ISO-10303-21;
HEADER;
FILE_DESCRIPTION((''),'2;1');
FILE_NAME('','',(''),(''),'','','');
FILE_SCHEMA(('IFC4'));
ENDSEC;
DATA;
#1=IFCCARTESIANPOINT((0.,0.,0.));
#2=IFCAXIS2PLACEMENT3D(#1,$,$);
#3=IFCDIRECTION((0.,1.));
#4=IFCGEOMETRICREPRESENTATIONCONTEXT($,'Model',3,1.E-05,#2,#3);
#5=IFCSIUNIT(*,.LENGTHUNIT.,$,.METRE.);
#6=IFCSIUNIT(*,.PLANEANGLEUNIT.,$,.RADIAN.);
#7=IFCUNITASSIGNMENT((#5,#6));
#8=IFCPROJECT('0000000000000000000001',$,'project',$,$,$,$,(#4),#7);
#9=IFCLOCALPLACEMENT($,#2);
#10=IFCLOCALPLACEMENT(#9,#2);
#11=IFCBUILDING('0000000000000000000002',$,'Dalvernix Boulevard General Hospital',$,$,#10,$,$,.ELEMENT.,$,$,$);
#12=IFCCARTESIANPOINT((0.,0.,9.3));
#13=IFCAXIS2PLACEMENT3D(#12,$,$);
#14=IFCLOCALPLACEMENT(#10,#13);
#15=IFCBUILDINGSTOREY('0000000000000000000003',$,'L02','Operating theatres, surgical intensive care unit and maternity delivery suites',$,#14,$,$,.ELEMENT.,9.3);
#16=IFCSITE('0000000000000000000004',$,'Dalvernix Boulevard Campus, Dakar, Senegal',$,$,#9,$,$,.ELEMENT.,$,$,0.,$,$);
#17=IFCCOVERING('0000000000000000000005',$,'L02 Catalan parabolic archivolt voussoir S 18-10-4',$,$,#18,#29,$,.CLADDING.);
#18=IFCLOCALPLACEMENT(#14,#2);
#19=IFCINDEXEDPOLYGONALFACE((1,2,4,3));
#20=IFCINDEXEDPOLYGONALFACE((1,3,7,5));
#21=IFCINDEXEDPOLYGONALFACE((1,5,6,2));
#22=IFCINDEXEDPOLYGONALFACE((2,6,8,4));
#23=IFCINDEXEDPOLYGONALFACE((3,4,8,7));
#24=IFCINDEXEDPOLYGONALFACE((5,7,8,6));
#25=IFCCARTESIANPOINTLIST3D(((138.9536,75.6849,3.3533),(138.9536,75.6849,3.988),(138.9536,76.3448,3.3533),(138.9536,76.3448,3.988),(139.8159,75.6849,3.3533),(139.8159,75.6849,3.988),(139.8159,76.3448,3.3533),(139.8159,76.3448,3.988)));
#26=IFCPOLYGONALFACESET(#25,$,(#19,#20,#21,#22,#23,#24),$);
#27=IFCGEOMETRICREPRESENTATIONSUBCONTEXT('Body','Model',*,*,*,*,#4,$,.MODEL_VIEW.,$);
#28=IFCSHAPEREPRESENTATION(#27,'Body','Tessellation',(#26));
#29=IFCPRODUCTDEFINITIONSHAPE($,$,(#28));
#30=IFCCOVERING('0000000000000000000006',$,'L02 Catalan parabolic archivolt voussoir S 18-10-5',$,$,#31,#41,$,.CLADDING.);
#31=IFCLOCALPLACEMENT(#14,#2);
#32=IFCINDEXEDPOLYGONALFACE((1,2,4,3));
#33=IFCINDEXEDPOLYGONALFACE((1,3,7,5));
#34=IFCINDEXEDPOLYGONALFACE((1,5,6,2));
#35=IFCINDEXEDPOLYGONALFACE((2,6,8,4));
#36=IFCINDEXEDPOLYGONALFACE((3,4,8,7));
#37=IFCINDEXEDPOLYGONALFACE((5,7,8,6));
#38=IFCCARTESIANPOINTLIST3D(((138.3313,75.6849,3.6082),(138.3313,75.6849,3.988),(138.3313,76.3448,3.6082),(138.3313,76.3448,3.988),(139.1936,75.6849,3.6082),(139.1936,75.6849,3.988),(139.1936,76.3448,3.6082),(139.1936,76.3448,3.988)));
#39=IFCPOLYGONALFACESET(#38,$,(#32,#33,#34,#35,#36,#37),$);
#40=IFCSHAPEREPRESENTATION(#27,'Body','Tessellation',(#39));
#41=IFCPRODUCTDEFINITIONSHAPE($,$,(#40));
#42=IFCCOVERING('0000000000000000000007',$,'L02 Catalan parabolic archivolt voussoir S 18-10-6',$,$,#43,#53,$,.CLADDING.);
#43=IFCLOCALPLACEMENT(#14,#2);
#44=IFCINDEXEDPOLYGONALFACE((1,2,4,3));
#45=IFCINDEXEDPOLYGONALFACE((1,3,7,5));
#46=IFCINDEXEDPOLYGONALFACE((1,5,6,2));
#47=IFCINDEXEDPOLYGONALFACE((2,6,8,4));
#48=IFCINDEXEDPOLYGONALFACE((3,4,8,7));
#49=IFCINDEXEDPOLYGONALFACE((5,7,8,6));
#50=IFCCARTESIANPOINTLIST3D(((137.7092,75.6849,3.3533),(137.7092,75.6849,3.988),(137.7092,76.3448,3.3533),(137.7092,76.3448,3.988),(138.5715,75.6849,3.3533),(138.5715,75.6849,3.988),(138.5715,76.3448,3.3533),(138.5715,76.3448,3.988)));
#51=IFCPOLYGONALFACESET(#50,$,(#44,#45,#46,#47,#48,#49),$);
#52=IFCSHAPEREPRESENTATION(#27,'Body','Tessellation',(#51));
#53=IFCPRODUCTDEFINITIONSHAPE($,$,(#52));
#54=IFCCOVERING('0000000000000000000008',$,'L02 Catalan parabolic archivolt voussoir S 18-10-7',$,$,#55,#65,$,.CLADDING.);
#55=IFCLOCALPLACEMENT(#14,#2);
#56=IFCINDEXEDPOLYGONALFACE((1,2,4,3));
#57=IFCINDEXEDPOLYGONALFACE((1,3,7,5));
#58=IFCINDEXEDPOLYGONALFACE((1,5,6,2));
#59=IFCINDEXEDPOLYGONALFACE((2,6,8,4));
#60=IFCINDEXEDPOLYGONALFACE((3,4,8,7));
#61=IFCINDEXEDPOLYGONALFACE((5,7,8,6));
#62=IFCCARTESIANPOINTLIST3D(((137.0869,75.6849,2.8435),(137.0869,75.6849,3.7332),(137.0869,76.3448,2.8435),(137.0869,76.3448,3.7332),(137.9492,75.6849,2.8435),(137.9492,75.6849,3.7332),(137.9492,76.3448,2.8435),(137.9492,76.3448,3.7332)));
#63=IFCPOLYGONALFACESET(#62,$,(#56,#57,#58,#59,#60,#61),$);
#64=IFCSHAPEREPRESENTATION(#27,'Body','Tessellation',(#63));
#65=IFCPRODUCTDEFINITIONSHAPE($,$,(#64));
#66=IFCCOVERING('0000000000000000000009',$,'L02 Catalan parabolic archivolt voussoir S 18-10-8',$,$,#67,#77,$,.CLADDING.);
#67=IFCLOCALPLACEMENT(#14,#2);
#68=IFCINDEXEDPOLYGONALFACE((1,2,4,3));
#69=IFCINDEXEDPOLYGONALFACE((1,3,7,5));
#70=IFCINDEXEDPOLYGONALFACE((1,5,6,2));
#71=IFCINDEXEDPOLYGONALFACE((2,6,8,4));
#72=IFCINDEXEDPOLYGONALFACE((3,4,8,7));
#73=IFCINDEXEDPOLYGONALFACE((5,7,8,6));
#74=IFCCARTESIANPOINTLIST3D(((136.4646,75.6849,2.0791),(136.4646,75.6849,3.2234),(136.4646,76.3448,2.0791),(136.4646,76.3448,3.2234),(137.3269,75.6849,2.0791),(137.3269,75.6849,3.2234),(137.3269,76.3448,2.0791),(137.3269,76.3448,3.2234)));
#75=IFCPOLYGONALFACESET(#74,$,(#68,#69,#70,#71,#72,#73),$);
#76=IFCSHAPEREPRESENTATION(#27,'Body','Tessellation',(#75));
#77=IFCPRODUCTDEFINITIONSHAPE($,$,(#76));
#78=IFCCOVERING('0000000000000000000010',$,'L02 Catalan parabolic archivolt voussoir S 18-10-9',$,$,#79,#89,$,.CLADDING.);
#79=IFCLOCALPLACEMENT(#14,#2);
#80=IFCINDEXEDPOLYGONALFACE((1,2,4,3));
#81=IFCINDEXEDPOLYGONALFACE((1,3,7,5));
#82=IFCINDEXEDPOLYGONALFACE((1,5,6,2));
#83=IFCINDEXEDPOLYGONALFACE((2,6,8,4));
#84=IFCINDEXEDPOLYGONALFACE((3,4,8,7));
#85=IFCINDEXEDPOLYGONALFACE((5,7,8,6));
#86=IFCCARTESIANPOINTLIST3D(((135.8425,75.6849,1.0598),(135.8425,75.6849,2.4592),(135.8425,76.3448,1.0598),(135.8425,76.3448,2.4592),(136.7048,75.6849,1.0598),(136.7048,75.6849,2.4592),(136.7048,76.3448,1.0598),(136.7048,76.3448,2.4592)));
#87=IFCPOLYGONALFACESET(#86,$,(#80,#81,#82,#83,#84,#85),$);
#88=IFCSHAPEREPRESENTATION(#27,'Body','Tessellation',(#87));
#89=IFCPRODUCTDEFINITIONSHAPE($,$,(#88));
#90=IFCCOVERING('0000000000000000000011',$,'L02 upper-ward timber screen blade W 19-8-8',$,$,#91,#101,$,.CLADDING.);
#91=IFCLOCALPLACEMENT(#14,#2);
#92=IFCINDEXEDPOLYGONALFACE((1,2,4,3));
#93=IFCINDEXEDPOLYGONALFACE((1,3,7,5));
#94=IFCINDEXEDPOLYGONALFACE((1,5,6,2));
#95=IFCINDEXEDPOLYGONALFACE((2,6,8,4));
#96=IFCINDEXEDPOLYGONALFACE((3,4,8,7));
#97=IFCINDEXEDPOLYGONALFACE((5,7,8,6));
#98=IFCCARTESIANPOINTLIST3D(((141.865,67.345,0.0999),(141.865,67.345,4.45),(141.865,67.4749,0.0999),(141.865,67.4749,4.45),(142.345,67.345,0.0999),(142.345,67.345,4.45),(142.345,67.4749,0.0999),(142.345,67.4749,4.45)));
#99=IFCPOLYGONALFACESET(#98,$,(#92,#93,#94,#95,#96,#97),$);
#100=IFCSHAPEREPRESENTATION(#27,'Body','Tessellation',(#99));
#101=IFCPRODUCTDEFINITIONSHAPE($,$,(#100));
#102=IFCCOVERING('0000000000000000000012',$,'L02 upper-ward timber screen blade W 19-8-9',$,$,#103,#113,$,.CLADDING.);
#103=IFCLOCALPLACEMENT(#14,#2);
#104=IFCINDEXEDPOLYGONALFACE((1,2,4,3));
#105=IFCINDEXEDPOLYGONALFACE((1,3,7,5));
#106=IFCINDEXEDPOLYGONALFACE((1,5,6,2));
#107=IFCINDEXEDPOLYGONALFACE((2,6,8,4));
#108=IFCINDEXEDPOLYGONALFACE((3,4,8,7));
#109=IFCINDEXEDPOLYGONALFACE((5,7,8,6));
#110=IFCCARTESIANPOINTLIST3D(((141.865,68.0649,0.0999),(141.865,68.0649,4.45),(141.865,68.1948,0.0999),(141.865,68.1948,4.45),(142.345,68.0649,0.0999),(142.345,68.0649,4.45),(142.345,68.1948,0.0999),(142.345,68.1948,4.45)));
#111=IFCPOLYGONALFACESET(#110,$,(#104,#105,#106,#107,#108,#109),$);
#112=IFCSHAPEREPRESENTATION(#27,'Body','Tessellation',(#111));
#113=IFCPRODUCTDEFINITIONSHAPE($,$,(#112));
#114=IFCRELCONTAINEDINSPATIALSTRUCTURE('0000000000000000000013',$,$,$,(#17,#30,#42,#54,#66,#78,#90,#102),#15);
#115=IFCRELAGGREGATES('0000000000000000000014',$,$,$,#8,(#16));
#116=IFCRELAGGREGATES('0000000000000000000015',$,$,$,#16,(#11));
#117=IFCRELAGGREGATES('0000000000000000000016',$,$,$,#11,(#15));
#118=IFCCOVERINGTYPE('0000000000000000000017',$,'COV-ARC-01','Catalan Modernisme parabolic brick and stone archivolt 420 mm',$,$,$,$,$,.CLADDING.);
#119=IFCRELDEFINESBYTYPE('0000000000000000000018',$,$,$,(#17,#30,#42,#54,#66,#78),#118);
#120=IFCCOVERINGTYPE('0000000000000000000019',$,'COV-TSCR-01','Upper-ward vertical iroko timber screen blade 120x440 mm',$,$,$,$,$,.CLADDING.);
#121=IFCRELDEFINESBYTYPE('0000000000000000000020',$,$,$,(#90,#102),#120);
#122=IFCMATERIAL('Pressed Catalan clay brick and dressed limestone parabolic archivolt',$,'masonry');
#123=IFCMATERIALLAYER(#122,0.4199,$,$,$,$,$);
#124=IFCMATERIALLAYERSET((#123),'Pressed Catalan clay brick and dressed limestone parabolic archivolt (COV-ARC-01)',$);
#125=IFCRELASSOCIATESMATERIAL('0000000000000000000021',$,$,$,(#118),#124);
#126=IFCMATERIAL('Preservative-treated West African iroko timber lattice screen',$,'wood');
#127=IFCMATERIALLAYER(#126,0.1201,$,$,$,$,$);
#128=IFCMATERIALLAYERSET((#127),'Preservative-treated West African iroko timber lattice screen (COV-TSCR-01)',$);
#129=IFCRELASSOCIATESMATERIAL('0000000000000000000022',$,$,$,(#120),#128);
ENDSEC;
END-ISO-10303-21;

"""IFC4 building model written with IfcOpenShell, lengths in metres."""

from ifc_helpers import new_model, si_unit, direction, frame, origin, origin_2d, place, context, subcontext, project, spatial, rectangle, extrude, material, layer, layer_set, type_object, element, save


model = new_model("IFC4")

# Units and contexts
model_context = context("Model", 3, precision=1e-05, world=origin(), true_north=direction((0.0, 1.0)))
body_context = subcontext(model_context, "Body", "Model", "MODEL_VIEW")
ifc_project = project(units=[si_unit("LENGTHUNIT", "METRE"), si_unit("PLANEANGLEUNIT", "RADIAN")], contexts=[model_context])

# Site, building, storey
site_placement = place(None, origin())
site = spatial("IfcSite", under=ifc_project, at=site_placement, Name="Dalvernix Boulevard Campus, Dakar, Senegal", CompositionType="ELEMENT", RefElevation=0.0)
building_placement = place(site_placement, origin())
building = spatial("IfcBuilding", under=site, at=building_placement, Name="Dalvernix Boulevard General Hospital", CompositionType="ELEMENT")
storey_placement = place(building_placement, frame((0.0, 0.0, 9.3)))
storey = spatial("IfcBuildingStorey", under=building, at=storey_placement, Name="L02", Description="Operating theatres, surgical intensive care unit and maternity delivery suites", CompositionType="ELEMENT", Elevation=9.3)

# Coverings
ifc_material_1 = material(Name="Pressed Catalan clay brick and dressed limestone parabolic archivolt", Category="masonry")
ifc_layer_1 = layer(ifc_material_1, 0.4199)
ifc_layer_set_1 = layer_set([ifc_layer_1], Name="Pressed Catalan clay brick and dressed limestone parabolic archivolt (COV-ARC-01)")
covering_type_1 = type_object("IfcCoveringType", Name="COV-ARC-01", Description="Catalan Modernisme parabolic brick and stone archivolt 420 mm", PredefinedType="CLADDING", material=ifc_layer_set_1)
covering_1_placement = place(storey_placement, frame((139.3848, 76.0149, 3.3533), z_axis=(0.0, 0.0, 1.0), x_axis=(-1.0, 0.0, 0.0)))
element("IfcCovering", 1, at=covering_1_placement, inside=storey, type_object=covering_type_1, Name="L02 Catalan parabolic archivolt voussoir S 18-10-4", PredefinedType="CLADDING", context=body_context, shape_type="SweptSolid", body=[
    extrude(rectangle(XDim=0.8623, YDim=0.6599, at=origin_2d()), origin(), (0.0, 0.0, 1.0), 0.6348),
])
covering_2_placement = place(storey_placement, frame((138.7625, 76.0149, 3.6082), z_axis=(0.0, 0.0, 1.0), x_axis=(-1.0, 0.0, 0.0)))
element("IfcCovering", 2, at=covering_2_placement, inside=storey, type_object=covering_type_1, Name="L02 Catalan parabolic archivolt voussoir S 18-10-5", PredefinedType="CLADDING", context=body_context, shape_type="SweptSolid", body=[
    extrude(rectangle(XDim=0.8623, YDim=0.6599, at=origin_2d()), origin(), (0.0, 0.0, 1.0), 0.3799),
])
covering_3_placement = place(storey_placement, frame((138.1404, 76.0149, 3.3533), z_axis=(0.0, 0.0, 1.0), x_axis=(-1.0, 0.0, 0.0)))
element("IfcCovering", 3, at=covering_3_placement, inside=storey, type_object=covering_type_1, Name="L02 Catalan parabolic archivolt voussoir S 18-10-6", PredefinedType="CLADDING", context=body_context, shape_type="SweptSolid", body=[
    extrude(rectangle(XDim=0.8623, YDim=0.6599, at=origin_2d()), origin(), (0.0, 0.0, 1.0), 0.6348),
])
covering_4_placement = place(storey_placement, frame((137.5181, 76.0149, 2.8435), z_axis=(0.0, 0.0, 1.0), x_axis=(-1.0, 0.0, 0.0)))
element("IfcCovering", 4, at=covering_4_placement, inside=storey, type_object=covering_type_1, Name="L02 Catalan parabolic archivolt voussoir S 18-10-7", PredefinedType="CLADDING", context=body_context, shape_type="SweptSolid", body=[
    extrude(rectangle(XDim=0.8623, YDim=0.6599, at=origin_2d()), origin(), (0.0, 0.0, 1.0), 0.8896),
])
covering_5_placement = place(storey_placement, frame((136.8958, 76.0149, 2.0791), z_axis=(0.0, 0.0, 1.0), x_axis=(-1.0, 0.0, 0.0)))
element("IfcCovering", 5, at=covering_5_placement, inside=storey, type_object=covering_type_1, Name="L02 Catalan parabolic archivolt voussoir S 18-10-8", PredefinedType="CLADDING", context=body_context, shape_type="SweptSolid", body=[
    extrude(rectangle(XDim=0.8623, YDim=0.6599, at=origin_2d()), origin(), (0.0, 0.0, 1.0), 1.1443),
])
covering_6_placement = place(storey_placement, frame((136.2737, 76.0149, 1.0598), z_axis=(0.0, 0.0, 1.0), x_axis=(-1.0, 0.0, 0.0)))
element("IfcCovering", 6, at=covering_6_placement, inside=storey, type_object=covering_type_1, Name="L02 Catalan parabolic archivolt voussoir S 18-10-9", PredefinedType="CLADDING", context=body_context, shape_type="SweptSolid", body=[
    extrude(rectangle(XDim=0.8623, YDim=0.6599, at=origin_2d()), origin(), (0.0, 0.0, 1.0), 1.3994),
])
ifc_material_2 = material(Name="Preservative-treated West African iroko timber lattice screen", Category="wood")
ifc_layer_2 = layer(ifc_material_2, 0.1201)
ifc_layer_set_2 = layer_set([ifc_layer_2], Name="Preservative-treated West African iroko timber lattice screen (COV-TSCR-01)")
covering_type_2 = type_object("IfcCoveringType", Name="COV-TSCR-01", Description="Upper-ward vertical iroko timber screen blade 120x440 mm", PredefinedType="CLADDING", material=ifc_layer_set_2)
for number, where, z_axis, x_axis, name in (
    (7, (142.105, 67.4099, 0.0999), (0.0, 0.0, 1.0), (0.0, 1.0, 0.0), "L02 upper-ward timber screen blade W 19-8-8"),
    (8, (142.105, 68.1299, 0.0999), (0.0, 0.0, 1.0), (0.0, 1.0, 0.0), "L02 upper-ward timber screen blade W 19-8-9"),
):
    element("IfcCovering", number, at=place(storey_placement, frame(where, z_axis=z_axis, x_axis=x_axis)), inside=storey, type_object=covering_type_2, Name=name, PredefinedType="CLADDING", context=body_context, shape_type="SweptSolid", body=[
        extrude(rectangle(XDim=0.1299, YDim=0.48, at=origin_2d()), origin(), (0.0, 0.0, 1.0), 4.3501),
    ])

save(model, "model.ifc")
